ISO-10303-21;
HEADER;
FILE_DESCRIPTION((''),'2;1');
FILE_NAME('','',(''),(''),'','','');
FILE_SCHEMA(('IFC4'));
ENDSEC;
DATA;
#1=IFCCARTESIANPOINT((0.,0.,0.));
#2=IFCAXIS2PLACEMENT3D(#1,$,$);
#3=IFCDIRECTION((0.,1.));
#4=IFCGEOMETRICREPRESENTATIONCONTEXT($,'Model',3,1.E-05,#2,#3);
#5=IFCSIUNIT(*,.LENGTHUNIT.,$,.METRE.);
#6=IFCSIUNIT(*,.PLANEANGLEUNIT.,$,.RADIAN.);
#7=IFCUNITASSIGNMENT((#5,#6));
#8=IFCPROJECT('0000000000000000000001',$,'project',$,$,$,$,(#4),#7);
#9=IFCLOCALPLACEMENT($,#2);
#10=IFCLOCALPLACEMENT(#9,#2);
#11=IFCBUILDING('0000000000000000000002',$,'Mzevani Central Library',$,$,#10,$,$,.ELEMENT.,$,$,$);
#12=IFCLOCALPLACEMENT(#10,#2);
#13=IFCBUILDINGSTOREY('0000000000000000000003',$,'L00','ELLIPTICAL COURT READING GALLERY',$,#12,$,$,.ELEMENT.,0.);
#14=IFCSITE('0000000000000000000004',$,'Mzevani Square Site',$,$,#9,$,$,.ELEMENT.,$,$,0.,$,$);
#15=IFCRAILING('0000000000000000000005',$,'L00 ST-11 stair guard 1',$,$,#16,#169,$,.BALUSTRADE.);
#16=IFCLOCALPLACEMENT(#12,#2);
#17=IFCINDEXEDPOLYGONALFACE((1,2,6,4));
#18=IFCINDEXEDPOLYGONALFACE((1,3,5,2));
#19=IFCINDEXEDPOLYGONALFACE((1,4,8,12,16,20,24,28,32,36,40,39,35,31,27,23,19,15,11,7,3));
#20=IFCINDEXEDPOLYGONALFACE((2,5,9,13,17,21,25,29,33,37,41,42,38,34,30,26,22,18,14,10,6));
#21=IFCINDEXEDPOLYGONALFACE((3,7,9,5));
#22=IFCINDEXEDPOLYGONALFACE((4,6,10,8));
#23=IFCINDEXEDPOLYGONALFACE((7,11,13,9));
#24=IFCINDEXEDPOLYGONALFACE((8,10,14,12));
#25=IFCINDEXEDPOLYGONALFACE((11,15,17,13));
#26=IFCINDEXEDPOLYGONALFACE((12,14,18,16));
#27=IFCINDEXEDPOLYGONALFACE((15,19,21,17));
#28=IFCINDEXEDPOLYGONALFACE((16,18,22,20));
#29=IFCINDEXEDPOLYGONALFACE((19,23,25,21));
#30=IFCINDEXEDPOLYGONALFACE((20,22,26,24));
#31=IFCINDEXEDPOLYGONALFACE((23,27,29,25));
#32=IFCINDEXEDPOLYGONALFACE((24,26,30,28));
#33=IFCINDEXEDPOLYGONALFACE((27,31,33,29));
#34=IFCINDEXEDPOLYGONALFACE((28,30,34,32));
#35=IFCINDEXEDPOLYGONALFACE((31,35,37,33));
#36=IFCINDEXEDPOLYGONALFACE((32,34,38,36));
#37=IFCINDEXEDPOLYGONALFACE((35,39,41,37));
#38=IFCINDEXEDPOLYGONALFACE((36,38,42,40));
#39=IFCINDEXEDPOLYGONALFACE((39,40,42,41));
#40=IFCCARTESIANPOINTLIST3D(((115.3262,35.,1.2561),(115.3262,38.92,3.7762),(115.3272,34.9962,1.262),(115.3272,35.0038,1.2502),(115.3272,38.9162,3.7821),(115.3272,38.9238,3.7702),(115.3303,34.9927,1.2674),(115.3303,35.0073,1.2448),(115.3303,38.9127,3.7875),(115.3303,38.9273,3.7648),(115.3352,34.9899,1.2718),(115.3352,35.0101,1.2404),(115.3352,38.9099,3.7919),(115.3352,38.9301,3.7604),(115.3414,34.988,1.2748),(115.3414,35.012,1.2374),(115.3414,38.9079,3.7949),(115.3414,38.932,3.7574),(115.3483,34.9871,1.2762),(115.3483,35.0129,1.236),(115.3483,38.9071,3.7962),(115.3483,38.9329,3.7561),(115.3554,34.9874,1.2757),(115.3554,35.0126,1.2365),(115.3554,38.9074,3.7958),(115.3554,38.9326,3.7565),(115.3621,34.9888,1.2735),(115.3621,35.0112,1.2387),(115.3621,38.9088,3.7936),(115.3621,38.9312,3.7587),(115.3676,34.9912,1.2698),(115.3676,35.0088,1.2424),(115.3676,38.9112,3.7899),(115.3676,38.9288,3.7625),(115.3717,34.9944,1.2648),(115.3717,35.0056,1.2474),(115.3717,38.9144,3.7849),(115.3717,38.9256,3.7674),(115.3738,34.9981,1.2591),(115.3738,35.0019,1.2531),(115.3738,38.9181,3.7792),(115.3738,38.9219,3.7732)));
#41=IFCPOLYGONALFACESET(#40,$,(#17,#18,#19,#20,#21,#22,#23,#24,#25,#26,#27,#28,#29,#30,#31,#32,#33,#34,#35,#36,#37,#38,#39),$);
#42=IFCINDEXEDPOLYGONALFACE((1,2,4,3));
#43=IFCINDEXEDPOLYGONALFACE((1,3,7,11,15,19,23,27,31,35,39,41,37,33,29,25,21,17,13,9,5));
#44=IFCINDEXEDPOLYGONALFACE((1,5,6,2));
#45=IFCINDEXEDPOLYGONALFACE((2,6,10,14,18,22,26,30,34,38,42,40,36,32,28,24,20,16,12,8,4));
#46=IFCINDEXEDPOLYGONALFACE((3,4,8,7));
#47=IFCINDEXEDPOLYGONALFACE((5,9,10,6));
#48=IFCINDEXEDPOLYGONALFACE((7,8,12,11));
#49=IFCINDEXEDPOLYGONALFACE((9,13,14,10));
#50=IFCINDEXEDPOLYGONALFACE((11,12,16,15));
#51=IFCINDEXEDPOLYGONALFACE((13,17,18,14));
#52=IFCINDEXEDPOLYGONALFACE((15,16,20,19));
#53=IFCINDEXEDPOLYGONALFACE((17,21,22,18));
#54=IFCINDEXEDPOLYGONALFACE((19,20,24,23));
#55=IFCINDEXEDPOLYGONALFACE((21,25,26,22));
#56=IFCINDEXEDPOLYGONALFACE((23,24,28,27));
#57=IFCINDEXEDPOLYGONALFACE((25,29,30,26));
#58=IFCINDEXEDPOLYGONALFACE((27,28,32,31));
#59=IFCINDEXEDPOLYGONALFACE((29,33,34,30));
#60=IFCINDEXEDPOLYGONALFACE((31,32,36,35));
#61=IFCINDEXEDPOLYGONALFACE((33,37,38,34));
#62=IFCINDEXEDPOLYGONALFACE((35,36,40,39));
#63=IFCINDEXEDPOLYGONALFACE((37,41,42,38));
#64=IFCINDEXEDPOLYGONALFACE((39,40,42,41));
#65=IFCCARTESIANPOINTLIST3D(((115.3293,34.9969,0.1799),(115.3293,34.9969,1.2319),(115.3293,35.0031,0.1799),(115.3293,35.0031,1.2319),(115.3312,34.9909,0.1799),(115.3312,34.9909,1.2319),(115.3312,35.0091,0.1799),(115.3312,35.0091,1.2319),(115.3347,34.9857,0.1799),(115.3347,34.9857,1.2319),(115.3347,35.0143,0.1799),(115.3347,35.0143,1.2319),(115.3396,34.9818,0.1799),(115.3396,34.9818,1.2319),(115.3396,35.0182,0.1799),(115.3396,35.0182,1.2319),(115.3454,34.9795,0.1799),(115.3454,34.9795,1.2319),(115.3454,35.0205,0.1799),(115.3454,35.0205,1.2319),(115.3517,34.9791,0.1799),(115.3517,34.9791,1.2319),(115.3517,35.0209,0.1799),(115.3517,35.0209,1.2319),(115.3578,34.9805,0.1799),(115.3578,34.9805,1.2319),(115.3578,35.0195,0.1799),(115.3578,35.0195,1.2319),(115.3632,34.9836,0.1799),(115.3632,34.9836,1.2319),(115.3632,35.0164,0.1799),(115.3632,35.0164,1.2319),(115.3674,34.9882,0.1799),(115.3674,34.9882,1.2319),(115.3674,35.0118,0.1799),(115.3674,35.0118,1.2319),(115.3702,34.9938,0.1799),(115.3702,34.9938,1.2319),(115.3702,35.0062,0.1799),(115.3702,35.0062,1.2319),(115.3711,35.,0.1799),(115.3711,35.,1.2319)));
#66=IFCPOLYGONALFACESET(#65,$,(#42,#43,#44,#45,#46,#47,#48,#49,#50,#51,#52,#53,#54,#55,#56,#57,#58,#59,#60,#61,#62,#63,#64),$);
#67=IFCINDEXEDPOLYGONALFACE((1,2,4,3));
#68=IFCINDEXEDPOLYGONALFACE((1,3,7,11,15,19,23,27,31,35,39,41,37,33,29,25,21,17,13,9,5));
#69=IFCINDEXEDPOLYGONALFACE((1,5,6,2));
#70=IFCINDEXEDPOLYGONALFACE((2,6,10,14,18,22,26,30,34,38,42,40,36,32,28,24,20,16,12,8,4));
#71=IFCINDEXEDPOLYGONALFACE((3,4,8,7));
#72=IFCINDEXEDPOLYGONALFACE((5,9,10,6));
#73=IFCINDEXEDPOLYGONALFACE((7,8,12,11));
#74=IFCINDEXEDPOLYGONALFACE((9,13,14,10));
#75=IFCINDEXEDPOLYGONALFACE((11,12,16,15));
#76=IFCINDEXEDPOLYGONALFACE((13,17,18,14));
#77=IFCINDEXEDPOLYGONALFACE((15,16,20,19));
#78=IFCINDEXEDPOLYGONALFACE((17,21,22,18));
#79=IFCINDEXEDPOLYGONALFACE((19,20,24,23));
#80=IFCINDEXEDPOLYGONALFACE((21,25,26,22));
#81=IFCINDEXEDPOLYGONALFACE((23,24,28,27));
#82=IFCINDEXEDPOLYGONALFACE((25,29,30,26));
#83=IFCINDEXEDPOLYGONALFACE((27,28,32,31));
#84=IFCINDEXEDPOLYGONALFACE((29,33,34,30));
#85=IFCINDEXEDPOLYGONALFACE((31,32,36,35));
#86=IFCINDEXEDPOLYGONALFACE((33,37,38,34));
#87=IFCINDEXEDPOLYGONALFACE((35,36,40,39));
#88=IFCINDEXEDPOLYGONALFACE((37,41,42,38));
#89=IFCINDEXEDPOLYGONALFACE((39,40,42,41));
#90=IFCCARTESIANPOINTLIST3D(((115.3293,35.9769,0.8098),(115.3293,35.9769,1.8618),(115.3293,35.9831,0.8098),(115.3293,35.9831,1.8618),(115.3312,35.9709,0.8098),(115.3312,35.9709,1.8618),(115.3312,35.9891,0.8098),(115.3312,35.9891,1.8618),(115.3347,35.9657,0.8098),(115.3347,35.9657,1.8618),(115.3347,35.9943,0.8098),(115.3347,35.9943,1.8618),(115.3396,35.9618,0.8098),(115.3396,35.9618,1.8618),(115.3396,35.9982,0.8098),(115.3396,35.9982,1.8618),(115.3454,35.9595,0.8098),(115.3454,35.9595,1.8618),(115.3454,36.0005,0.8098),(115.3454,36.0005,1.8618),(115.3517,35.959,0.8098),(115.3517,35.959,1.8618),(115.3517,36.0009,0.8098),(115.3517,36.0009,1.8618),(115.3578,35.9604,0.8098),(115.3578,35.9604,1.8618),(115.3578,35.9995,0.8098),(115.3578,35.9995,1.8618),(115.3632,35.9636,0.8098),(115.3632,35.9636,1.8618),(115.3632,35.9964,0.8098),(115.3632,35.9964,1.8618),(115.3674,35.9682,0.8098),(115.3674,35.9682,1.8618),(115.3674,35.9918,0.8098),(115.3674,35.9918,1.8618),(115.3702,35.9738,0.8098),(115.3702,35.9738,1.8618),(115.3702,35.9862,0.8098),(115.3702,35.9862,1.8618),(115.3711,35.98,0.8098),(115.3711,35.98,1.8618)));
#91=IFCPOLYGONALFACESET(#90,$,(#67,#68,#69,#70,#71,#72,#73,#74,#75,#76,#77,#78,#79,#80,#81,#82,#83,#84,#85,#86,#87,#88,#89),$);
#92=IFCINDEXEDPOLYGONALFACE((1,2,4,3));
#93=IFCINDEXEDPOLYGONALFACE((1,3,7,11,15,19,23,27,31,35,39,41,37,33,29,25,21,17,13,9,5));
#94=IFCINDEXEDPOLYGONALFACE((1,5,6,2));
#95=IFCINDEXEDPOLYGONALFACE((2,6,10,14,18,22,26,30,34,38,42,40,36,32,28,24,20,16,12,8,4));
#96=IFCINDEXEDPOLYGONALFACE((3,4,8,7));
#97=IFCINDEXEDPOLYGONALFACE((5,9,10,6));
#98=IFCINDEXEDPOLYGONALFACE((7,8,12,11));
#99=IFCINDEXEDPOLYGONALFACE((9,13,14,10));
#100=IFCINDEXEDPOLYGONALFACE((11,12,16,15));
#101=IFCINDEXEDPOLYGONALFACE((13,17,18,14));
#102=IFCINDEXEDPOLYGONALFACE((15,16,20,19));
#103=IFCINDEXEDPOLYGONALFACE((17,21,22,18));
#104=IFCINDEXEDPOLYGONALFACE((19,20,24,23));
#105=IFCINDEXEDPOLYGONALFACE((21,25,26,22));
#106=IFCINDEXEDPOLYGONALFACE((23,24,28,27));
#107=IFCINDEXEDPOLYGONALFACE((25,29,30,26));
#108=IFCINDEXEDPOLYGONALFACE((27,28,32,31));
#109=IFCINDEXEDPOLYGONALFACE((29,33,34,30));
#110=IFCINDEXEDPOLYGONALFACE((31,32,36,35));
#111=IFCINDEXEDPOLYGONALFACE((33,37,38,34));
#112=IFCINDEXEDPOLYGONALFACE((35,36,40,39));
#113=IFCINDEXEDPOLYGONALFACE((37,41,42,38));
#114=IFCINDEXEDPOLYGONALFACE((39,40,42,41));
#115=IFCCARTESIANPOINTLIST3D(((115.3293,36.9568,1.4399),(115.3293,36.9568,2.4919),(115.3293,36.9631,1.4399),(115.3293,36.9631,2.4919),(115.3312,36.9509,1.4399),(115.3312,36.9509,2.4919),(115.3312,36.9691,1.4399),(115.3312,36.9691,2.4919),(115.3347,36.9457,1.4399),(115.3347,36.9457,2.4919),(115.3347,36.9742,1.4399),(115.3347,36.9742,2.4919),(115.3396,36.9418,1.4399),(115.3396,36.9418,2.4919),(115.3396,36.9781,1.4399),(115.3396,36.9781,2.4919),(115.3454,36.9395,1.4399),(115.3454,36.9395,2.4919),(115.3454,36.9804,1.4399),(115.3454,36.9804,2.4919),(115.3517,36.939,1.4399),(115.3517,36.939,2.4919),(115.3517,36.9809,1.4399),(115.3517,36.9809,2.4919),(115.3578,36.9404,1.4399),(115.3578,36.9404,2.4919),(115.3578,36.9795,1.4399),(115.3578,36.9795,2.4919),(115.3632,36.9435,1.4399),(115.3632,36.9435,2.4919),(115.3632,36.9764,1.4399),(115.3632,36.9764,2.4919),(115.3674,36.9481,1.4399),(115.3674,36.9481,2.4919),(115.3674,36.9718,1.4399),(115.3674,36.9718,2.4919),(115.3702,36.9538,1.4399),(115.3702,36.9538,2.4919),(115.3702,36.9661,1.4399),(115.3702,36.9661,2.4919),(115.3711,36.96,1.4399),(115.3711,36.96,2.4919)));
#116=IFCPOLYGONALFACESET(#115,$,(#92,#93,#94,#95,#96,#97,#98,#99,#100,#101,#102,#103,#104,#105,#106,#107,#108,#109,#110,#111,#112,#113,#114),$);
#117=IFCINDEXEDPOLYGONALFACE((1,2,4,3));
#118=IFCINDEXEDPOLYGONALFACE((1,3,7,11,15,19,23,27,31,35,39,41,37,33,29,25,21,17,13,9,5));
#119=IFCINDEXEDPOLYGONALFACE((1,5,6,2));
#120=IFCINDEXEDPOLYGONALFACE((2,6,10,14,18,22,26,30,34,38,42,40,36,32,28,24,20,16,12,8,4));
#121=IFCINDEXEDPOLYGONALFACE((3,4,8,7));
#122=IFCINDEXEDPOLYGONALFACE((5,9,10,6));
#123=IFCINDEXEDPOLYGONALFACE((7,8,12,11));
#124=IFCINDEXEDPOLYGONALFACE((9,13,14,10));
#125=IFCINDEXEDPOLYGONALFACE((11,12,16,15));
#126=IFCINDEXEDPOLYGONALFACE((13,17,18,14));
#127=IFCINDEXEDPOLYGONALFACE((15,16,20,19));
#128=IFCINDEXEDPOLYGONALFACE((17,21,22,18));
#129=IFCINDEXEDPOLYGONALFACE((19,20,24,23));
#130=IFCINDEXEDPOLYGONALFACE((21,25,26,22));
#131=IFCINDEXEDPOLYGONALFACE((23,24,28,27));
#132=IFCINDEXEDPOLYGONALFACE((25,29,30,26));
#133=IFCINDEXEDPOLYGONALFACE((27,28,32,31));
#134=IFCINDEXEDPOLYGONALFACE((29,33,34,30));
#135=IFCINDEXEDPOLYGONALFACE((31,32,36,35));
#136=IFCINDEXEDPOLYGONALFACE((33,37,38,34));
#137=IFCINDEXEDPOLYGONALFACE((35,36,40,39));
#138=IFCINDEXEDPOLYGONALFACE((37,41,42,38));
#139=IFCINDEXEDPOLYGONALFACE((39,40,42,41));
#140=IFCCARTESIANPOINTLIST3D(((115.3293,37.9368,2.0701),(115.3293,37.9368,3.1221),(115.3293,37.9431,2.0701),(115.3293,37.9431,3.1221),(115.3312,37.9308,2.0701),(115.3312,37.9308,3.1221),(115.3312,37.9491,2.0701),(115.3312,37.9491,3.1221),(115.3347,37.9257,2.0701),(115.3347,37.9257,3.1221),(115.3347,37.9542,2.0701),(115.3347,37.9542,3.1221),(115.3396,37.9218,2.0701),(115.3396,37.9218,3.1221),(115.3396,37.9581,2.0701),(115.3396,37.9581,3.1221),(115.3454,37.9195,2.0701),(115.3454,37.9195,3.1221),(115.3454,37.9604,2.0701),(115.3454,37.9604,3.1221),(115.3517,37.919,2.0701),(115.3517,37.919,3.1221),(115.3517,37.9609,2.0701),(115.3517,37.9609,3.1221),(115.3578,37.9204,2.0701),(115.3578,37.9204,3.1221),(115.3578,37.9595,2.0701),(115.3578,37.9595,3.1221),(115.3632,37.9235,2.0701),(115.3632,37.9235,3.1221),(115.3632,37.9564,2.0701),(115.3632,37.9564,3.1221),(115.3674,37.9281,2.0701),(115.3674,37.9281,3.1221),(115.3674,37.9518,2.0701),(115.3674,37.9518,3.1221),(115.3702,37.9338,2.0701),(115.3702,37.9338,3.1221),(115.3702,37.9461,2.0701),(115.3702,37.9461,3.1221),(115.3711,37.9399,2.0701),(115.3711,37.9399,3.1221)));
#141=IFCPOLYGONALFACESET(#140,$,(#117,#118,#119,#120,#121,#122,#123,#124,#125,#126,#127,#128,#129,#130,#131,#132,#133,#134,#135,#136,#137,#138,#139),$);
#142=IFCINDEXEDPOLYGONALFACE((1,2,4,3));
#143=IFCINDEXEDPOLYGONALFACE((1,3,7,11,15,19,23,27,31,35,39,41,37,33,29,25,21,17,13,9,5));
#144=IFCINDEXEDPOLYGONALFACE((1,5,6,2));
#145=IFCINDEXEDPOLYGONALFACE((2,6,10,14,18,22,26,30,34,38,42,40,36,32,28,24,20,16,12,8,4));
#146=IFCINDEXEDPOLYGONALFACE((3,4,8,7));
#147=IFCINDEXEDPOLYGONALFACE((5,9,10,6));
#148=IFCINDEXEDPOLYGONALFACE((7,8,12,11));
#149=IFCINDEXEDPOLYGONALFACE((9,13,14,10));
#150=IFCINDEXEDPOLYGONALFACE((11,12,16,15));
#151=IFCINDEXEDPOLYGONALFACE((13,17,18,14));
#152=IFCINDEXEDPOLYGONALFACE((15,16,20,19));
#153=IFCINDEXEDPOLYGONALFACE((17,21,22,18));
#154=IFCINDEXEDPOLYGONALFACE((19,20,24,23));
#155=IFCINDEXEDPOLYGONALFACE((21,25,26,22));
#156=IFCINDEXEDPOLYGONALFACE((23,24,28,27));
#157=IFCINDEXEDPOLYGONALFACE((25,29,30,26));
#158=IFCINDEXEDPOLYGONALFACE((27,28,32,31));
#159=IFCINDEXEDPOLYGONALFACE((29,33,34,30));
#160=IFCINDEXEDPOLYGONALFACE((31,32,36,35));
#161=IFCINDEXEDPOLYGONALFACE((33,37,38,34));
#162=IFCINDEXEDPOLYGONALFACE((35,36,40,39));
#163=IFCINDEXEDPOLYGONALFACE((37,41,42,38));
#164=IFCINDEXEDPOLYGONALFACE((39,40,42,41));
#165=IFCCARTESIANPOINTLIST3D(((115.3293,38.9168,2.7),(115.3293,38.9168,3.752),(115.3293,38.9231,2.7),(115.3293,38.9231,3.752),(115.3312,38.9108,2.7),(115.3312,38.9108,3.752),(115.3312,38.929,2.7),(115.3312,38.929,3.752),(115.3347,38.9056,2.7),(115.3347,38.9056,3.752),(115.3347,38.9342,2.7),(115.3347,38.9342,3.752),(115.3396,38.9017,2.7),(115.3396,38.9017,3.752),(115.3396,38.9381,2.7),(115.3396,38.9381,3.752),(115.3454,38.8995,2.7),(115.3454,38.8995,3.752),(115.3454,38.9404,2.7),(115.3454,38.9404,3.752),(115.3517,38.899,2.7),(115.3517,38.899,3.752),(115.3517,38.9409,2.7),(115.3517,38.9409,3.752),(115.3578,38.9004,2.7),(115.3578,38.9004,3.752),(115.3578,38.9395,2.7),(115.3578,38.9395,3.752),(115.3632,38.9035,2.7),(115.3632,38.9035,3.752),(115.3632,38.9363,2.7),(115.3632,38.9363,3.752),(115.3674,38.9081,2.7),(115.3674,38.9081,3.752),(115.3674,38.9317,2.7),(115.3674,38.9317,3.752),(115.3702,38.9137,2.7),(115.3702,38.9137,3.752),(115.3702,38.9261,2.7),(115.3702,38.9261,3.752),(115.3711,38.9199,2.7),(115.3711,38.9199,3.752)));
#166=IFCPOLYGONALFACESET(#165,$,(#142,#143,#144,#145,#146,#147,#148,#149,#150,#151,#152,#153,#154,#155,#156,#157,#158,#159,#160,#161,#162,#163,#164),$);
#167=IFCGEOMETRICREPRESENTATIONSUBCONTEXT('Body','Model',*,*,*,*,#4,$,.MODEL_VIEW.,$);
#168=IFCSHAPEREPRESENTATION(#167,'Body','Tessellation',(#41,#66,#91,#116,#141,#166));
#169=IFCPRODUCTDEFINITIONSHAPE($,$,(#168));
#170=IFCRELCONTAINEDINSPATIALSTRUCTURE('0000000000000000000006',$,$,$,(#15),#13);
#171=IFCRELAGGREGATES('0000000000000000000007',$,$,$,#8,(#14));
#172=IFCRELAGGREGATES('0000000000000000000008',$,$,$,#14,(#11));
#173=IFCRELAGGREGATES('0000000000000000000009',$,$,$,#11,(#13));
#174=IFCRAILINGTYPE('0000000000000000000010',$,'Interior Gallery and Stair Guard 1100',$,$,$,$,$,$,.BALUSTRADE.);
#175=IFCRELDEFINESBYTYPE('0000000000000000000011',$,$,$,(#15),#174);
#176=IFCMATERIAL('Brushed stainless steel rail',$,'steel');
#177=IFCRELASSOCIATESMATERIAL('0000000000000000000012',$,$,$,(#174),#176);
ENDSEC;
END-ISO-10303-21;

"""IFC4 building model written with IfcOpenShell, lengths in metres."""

from ifc_helpers import new_model, si_unit, direction, frame, origin, origin_2d, place, context, subcontext, project, spatial, circle, extrude, material, type_object, element, save


model = new_model("IFC4")

# Units and contexts
model_context = context("Model", 3, precision=1e-05, world=origin(), true_north=direction((0.0, 1.0)))
body_context = subcontext(model_context, "Body", "Model", "MODEL_VIEW")
ifc_project = project(units=[si_unit("LENGTHUNIT", "METRE"), si_unit("PLANEANGLEUNIT", "RADIAN")], contexts=[model_context])

# Site, building, storey
site_placement = place(None, origin())
site = spatial("IfcSite", under=ifc_project, at=site_placement, Name="Mzevani Square Site", CompositionType="ELEMENT", RefElevation=0.0)
building_placement = place(site_placement, origin())
building = spatial("IfcBuilding", under=site, at=building_placement, Name="Mzevani Central Library", CompositionType="ELEMENT")
storey_placement = place(building_placement, origin())
storey = spatial("IfcBuildingStorey", under=building, at=storey_placement, Name="L00", Description="ELLIPTICAL COURT READING GALLERY", CompositionType="ELEMENT", Elevation=0.0)

# Railing
ifc_material_1 = material(Name="Brushed stainless steel rail", Category="steel")
railing_type_1 = type_object("IfcRailingType", Name="Interior Gallery and Stair Guard 1100", PredefinedType="BALUSTRADE", material=ifc_material_1)
railing_1_placement = place(storey_placement, frame((115.3501, 35.0, 0.1799)))
element("IfcRailing", 1, at=railing_1_placement, inside=storey, type_object=railing_type_1, Name="L00 ST-11 stair guard 1", PredefinedType="BALUSTRADE", context=body_context, shape_type="SweptSolid", body=[
    extrude(circle(Radius=0.0239, at=origin_2d()), frame((0.0, 0.0, 1.0762), z_axis=(0.0, 0.841172, 0.540768), x_axis=(-1.0, 0.0, 0.0)), (0.0, 0.0, 1.0), 4.6602),
    extrude(circle(Radius=0.021, at=origin_2d()), origin(), (0.0, 0.0, 1.0), 1.052),
    extrude(circle(Radius=0.021, at=origin_2d()), frame((0.0, 0.98, 0.6299)), (0.0, 0.0, 1.0), 1.052),
    extrude(circle(Radius=0.021, at=origin_2d()), frame((0.0, 1.96, 1.26)), (0.0, 0.0, 1.0), 1.052),
    extrude(circle(Radius=0.021, at=origin_2d()), frame((0.0, 2.9399, 1.8901)), (0.0, 0.0, 1.0), 1.052),
    extrude(circle(Radius=0.021, at=origin_2d()), frame((0.0, 3.9199, 2.52)), (0.0, 0.0, 1.0), 1.052),
])

save(model, "model.ifc")
